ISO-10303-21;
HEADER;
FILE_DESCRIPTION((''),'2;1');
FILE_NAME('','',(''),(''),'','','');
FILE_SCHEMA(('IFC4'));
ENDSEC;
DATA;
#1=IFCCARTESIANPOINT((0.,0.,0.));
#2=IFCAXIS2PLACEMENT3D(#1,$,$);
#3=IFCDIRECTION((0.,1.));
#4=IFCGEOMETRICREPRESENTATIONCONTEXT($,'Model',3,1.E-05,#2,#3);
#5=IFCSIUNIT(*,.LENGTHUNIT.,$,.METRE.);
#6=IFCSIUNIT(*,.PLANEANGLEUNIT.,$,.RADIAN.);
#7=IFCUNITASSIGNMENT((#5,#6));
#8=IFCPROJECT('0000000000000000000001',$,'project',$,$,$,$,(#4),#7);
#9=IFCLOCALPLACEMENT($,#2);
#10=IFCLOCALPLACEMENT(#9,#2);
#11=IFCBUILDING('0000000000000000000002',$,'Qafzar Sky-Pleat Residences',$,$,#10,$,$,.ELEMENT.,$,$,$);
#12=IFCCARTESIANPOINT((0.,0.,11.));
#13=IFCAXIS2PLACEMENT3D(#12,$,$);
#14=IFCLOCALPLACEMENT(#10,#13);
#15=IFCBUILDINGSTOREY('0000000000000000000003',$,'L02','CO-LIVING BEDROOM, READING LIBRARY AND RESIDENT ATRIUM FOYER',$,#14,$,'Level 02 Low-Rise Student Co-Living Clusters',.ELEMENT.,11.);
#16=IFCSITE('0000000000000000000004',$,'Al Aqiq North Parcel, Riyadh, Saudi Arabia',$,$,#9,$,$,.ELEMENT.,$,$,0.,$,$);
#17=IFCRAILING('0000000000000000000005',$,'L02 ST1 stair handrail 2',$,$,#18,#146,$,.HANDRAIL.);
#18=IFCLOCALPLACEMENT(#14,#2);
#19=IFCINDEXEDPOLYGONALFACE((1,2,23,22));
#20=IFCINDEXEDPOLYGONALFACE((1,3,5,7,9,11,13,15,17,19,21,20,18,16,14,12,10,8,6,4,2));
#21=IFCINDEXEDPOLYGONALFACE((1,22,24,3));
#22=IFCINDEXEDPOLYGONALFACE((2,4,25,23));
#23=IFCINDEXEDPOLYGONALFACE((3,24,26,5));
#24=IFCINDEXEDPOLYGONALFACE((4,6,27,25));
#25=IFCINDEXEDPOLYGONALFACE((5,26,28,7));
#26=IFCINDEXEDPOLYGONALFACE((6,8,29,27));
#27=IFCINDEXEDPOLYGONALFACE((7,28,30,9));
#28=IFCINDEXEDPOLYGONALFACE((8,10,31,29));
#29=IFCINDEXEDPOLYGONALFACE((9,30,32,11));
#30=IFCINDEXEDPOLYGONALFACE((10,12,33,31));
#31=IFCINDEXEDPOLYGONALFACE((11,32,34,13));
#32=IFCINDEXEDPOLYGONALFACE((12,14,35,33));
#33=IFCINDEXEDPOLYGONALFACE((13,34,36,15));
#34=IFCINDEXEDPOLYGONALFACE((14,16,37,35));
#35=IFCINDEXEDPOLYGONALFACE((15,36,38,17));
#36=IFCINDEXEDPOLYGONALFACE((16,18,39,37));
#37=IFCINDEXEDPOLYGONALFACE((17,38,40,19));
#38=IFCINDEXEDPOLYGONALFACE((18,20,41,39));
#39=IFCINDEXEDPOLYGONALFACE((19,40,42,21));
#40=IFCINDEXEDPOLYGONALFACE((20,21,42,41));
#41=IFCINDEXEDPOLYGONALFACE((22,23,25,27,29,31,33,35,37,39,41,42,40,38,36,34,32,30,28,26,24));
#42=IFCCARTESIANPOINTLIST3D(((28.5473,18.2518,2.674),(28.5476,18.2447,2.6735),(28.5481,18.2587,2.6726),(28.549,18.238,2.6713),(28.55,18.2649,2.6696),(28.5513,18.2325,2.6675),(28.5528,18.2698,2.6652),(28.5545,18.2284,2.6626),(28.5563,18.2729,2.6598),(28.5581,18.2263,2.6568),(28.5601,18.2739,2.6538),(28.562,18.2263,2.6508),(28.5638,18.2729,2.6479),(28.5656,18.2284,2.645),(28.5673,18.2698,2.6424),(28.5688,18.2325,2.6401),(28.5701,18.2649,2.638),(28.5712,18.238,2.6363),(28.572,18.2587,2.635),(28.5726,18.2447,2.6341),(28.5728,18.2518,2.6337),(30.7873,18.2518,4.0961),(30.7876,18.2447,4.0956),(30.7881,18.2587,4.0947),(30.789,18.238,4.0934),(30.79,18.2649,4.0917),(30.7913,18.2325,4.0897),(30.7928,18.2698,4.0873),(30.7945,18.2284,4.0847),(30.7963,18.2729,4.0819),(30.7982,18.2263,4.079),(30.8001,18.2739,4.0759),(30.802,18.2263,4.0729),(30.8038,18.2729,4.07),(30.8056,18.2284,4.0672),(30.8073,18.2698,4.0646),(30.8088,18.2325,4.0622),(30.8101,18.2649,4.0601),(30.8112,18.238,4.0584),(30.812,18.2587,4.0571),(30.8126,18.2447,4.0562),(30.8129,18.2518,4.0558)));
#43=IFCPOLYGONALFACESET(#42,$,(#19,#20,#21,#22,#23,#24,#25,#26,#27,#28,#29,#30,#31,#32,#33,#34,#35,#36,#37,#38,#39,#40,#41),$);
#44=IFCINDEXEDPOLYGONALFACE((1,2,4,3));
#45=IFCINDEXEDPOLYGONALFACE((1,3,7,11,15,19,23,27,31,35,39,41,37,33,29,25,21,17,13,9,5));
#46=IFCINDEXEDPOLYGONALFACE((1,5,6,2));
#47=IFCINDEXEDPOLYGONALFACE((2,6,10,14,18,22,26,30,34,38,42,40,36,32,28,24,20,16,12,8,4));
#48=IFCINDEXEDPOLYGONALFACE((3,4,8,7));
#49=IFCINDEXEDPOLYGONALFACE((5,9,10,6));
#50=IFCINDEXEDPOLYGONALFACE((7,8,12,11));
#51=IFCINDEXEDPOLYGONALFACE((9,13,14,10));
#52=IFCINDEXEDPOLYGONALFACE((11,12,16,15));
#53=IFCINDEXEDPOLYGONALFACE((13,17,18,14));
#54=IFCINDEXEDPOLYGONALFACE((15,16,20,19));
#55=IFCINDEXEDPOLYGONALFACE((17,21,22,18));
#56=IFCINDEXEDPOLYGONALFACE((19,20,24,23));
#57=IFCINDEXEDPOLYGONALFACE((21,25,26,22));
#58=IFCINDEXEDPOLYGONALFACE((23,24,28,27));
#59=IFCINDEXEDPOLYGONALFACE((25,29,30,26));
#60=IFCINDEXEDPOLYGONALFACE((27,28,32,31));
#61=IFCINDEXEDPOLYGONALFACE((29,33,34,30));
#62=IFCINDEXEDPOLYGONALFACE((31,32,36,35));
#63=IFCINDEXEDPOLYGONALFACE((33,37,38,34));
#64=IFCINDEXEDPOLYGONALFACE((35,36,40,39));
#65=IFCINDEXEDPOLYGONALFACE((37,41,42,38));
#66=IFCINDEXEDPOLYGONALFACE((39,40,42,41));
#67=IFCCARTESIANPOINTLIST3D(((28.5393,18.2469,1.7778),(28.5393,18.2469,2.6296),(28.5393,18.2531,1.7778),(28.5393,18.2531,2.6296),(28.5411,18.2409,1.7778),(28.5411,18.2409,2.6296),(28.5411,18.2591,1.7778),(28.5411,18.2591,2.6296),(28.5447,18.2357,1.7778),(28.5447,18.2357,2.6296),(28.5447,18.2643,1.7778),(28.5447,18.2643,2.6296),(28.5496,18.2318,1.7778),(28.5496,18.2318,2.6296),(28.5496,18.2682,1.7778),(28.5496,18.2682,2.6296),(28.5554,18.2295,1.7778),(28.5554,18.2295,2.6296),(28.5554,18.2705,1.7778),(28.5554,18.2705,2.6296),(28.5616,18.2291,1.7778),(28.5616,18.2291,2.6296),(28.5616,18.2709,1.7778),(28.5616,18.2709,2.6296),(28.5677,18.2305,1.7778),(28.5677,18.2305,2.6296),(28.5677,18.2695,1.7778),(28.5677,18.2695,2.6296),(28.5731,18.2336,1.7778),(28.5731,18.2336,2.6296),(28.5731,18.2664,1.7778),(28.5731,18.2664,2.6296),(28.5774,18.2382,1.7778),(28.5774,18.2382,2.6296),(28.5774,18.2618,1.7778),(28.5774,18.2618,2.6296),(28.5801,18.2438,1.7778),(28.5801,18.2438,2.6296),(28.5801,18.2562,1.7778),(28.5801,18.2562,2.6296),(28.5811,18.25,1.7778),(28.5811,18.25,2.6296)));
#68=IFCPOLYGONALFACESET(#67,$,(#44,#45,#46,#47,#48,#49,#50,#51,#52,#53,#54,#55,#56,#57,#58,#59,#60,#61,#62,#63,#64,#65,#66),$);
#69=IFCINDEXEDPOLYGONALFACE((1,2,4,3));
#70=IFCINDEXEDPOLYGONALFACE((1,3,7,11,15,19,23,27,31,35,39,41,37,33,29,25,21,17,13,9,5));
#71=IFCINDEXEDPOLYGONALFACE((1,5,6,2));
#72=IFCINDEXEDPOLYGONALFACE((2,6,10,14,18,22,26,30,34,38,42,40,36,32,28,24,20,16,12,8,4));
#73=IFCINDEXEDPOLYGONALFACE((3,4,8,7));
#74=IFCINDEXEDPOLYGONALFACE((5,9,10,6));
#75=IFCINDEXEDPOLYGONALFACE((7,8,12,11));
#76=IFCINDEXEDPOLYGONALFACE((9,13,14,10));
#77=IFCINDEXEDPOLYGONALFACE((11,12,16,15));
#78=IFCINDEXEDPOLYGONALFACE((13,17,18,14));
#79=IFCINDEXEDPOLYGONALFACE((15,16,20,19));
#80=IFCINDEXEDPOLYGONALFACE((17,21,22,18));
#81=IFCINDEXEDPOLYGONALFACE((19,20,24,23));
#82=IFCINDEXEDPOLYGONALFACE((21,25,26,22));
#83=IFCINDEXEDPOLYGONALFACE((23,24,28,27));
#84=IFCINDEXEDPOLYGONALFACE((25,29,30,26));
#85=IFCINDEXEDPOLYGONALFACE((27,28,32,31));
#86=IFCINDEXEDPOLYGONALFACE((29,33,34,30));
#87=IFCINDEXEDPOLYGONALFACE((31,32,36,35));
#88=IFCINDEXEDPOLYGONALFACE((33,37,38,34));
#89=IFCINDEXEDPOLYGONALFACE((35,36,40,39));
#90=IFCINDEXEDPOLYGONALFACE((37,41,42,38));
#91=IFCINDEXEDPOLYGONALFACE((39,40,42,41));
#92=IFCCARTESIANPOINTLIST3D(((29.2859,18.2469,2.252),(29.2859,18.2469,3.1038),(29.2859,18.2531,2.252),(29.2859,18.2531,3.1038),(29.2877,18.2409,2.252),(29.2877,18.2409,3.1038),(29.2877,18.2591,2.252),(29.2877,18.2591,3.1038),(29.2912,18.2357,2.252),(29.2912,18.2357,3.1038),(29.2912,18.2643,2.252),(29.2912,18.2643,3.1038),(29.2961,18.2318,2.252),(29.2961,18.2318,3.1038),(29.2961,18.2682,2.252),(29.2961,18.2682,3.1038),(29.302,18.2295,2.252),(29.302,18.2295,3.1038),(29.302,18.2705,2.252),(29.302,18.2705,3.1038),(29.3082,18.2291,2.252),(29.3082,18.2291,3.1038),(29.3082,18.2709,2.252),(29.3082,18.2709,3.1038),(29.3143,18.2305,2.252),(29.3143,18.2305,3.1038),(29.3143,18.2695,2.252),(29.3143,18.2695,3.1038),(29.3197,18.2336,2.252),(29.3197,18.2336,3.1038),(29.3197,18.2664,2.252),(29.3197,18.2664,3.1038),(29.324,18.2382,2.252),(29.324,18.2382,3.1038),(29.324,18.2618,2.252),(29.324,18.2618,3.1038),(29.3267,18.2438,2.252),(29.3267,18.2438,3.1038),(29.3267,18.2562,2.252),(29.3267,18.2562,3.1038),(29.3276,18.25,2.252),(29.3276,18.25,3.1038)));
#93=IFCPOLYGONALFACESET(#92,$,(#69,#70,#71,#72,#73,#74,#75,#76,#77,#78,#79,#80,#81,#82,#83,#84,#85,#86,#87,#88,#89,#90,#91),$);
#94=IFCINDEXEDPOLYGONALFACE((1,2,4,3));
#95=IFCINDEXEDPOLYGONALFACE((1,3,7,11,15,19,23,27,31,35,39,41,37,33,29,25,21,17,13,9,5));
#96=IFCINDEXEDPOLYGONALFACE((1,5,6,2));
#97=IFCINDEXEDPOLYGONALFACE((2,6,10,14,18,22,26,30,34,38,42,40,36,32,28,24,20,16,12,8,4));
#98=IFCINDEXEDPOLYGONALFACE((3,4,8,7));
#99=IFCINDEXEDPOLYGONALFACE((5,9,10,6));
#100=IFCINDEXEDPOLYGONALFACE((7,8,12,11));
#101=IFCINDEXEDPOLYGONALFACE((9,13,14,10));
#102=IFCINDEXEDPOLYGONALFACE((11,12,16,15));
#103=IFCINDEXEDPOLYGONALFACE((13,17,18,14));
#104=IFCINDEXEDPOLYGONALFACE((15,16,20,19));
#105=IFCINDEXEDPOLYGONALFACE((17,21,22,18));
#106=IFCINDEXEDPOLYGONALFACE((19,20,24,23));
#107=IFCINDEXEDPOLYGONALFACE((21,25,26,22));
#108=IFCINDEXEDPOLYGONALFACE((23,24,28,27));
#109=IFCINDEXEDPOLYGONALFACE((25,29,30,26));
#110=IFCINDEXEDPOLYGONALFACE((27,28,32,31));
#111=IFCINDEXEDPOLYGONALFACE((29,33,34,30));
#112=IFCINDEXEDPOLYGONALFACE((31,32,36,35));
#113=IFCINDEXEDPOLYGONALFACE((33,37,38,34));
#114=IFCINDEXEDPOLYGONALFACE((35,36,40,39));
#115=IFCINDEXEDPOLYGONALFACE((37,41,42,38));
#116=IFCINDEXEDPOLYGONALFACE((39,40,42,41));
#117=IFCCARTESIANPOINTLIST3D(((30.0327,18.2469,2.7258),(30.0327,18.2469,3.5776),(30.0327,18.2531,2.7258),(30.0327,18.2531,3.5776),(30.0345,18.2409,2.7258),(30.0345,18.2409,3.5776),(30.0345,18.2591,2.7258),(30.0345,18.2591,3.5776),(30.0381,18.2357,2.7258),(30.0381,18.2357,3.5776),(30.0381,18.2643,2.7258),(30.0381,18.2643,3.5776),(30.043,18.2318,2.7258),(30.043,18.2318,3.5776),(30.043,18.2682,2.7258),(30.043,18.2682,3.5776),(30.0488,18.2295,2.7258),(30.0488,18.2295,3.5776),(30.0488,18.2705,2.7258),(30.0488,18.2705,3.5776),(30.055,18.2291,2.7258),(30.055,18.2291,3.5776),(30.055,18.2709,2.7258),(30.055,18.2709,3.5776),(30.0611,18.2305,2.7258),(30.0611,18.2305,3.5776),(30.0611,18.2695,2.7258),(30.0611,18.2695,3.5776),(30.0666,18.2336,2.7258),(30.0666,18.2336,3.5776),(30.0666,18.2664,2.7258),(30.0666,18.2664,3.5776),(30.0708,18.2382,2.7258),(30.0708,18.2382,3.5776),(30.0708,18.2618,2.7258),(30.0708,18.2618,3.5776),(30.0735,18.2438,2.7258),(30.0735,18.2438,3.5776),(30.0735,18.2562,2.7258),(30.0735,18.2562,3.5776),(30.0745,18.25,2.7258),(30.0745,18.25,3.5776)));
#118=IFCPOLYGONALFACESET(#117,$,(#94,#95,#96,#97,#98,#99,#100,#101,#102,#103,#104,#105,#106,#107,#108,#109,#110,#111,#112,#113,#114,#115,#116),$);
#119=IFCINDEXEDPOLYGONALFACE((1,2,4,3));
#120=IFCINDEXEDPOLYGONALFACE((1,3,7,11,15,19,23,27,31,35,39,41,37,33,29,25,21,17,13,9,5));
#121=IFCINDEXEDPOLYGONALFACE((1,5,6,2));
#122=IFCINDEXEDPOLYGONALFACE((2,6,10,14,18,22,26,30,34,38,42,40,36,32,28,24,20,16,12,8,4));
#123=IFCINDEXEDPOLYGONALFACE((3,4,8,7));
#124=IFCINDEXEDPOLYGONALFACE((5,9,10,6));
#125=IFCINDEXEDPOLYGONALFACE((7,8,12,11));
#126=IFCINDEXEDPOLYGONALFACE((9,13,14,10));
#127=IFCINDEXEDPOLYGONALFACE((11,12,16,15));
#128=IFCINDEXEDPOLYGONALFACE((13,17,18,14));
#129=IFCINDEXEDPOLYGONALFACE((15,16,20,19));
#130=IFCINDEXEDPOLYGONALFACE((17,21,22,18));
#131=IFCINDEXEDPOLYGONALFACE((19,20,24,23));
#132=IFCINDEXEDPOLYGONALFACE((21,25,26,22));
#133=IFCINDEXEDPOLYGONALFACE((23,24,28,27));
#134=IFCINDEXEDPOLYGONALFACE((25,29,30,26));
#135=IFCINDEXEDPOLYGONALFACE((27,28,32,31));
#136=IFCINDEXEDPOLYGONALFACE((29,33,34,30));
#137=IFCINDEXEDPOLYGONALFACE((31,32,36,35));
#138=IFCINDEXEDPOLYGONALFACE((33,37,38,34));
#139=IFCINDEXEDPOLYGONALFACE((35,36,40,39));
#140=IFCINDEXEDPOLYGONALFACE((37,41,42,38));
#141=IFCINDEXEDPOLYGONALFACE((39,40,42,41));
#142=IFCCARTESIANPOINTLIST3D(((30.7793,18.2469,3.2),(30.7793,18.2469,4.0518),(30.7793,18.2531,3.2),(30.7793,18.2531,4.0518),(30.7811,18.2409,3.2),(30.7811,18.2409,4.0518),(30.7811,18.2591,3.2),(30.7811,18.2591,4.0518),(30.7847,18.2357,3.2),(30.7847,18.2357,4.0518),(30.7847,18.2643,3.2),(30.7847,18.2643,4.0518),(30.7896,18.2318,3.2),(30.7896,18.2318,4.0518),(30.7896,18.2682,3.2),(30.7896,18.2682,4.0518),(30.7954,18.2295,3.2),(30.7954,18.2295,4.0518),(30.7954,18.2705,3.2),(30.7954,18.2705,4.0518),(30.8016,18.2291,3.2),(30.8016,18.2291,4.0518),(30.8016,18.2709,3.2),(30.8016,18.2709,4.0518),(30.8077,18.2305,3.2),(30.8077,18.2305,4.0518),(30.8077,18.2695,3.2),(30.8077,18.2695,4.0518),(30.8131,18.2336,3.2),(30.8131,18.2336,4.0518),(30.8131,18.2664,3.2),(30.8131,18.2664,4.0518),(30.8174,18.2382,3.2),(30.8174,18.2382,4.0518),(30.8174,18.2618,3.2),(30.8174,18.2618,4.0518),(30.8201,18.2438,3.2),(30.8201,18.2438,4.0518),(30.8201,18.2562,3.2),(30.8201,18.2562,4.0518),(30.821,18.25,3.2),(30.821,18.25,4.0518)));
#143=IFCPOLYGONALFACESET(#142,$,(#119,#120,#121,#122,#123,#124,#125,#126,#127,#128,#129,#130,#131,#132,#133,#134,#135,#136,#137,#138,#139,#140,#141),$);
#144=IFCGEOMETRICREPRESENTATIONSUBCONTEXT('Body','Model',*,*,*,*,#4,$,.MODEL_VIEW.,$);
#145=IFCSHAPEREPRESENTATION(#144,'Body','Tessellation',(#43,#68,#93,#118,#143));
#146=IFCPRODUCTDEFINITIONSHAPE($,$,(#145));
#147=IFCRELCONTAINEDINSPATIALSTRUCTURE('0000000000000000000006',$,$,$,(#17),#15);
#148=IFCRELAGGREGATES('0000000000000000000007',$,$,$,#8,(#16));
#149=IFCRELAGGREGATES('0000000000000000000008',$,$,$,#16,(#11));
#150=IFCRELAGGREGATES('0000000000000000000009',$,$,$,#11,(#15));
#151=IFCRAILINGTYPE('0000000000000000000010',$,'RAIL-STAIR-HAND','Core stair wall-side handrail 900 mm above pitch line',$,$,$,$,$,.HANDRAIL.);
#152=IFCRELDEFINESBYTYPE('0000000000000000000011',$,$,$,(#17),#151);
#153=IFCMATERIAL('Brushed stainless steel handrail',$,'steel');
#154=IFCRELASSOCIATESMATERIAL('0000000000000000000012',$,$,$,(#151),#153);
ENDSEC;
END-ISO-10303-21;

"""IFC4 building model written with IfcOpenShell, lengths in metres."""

from ifc_helpers import new_model, si_unit, direction, frame, origin, origin_2d, place, context, subcontext, project, spatial, circle, extrude, source, transform, mapped, material, type_object, element, save


model = new_model("IFC4")

# Units and contexts
model_context = context("Model", 3, precision=1e-05, world=origin(), true_north=direction((0.0, 1.0)))
body_context = subcontext(model_context, "Body", "Model", "MODEL_VIEW")
ifc_project = project(units=[si_unit("LENGTHUNIT", "METRE"), si_unit("PLANEANGLEUNIT", "RADIAN")], contexts=[model_context])

# Site, building, storey
site_placement = place(None, origin())
site = spatial("IfcSite", under=ifc_project, at=site_placement, Name="Al Aqiq North Parcel, Riyadh, Saudi Arabia", CompositionType="ELEMENT", RefElevation=0.0)
building_placement = place(site_placement, origin())
building = spatial("IfcBuilding", under=site, at=building_placement, Name="Qafzar Sky-Pleat Residences", CompositionType="ELEMENT")
storey_placement = place(building_placement, frame((0.0, 0.0, 11.0)))
storey = spatial("IfcBuildingStorey", under=building, at=storey_placement, Name="L02", Description="CO-LIVING BEDROOM, READING LIBRARY AND RESIDENT ATRIUM FOYER", LongName="Level 02 Low-Rise Student Co-Living Clusters", CompositionType="ELEMENT", Elevation=11.0)

# Railing
ifc_material_1 = material(Name="Brushed stainless steel handrail", Category="steel")
railing_type_1 = type_object("IfcRailingType", Name="RAIL-STAIR-HAND", Description="Core stair wall-side handrail 900 mm above pitch line", PredefinedType="HANDRAIL", material=ifc_material_1)
shared_shape_1 = source(origin(), body_context, "Body", "SweptSolid", [
    extrude(circle(Radius=0.0239, at=origin_2d()), frame((0.0, 0.0, 0.876), z_axis=(0.844229, 0.0, 0.535982), x_axis=(0.0, 1.0, 0.0)), (0.0, 0.0, 1.0), 2.6533),
    extrude(circle(Radius=0.021, at=origin_2d()), origin(), (0.0, 0.0, 1.0), 0.8518),
    extrude(circle(Radius=0.021, at=origin_2d()), frame((0.7466, 0.0, 0.4741)), (0.0, 0.0, 1.0), 0.8518),
    extrude(circle(Radius=0.021, at=origin_2d()), frame((1.4934, 0.0, 0.948)), (0.0, 0.0, 1.0), 0.8518),
    extrude(circle(Radius=0.021, at=origin_2d()), frame((2.24, 0.0, 1.4221)), (0.0, 0.0, 1.0), 0.8518),
])
railing_1_placement = place(storey_placement, frame((28.5601, 18.25, 1.7778)))
element("IfcRailing", 1, at=railing_1_placement, inside=storey, type_object=railing_type_1, Name="L02 ST1 stair handrail 2", PredefinedType="HANDRAIL", context=body_context, shape_type="MappedRepresentation", body=[
    mapped(shared_shape_1, transform((0.0, 0.0, 0.0), x_axis=(1.0, 0.0, 0.0), y_axis=(0.0, 1.0, 0.0), z_axis=(0.0, 0.0, 1.0), scale=1.0)),
])

save(model, "model.ifc")
